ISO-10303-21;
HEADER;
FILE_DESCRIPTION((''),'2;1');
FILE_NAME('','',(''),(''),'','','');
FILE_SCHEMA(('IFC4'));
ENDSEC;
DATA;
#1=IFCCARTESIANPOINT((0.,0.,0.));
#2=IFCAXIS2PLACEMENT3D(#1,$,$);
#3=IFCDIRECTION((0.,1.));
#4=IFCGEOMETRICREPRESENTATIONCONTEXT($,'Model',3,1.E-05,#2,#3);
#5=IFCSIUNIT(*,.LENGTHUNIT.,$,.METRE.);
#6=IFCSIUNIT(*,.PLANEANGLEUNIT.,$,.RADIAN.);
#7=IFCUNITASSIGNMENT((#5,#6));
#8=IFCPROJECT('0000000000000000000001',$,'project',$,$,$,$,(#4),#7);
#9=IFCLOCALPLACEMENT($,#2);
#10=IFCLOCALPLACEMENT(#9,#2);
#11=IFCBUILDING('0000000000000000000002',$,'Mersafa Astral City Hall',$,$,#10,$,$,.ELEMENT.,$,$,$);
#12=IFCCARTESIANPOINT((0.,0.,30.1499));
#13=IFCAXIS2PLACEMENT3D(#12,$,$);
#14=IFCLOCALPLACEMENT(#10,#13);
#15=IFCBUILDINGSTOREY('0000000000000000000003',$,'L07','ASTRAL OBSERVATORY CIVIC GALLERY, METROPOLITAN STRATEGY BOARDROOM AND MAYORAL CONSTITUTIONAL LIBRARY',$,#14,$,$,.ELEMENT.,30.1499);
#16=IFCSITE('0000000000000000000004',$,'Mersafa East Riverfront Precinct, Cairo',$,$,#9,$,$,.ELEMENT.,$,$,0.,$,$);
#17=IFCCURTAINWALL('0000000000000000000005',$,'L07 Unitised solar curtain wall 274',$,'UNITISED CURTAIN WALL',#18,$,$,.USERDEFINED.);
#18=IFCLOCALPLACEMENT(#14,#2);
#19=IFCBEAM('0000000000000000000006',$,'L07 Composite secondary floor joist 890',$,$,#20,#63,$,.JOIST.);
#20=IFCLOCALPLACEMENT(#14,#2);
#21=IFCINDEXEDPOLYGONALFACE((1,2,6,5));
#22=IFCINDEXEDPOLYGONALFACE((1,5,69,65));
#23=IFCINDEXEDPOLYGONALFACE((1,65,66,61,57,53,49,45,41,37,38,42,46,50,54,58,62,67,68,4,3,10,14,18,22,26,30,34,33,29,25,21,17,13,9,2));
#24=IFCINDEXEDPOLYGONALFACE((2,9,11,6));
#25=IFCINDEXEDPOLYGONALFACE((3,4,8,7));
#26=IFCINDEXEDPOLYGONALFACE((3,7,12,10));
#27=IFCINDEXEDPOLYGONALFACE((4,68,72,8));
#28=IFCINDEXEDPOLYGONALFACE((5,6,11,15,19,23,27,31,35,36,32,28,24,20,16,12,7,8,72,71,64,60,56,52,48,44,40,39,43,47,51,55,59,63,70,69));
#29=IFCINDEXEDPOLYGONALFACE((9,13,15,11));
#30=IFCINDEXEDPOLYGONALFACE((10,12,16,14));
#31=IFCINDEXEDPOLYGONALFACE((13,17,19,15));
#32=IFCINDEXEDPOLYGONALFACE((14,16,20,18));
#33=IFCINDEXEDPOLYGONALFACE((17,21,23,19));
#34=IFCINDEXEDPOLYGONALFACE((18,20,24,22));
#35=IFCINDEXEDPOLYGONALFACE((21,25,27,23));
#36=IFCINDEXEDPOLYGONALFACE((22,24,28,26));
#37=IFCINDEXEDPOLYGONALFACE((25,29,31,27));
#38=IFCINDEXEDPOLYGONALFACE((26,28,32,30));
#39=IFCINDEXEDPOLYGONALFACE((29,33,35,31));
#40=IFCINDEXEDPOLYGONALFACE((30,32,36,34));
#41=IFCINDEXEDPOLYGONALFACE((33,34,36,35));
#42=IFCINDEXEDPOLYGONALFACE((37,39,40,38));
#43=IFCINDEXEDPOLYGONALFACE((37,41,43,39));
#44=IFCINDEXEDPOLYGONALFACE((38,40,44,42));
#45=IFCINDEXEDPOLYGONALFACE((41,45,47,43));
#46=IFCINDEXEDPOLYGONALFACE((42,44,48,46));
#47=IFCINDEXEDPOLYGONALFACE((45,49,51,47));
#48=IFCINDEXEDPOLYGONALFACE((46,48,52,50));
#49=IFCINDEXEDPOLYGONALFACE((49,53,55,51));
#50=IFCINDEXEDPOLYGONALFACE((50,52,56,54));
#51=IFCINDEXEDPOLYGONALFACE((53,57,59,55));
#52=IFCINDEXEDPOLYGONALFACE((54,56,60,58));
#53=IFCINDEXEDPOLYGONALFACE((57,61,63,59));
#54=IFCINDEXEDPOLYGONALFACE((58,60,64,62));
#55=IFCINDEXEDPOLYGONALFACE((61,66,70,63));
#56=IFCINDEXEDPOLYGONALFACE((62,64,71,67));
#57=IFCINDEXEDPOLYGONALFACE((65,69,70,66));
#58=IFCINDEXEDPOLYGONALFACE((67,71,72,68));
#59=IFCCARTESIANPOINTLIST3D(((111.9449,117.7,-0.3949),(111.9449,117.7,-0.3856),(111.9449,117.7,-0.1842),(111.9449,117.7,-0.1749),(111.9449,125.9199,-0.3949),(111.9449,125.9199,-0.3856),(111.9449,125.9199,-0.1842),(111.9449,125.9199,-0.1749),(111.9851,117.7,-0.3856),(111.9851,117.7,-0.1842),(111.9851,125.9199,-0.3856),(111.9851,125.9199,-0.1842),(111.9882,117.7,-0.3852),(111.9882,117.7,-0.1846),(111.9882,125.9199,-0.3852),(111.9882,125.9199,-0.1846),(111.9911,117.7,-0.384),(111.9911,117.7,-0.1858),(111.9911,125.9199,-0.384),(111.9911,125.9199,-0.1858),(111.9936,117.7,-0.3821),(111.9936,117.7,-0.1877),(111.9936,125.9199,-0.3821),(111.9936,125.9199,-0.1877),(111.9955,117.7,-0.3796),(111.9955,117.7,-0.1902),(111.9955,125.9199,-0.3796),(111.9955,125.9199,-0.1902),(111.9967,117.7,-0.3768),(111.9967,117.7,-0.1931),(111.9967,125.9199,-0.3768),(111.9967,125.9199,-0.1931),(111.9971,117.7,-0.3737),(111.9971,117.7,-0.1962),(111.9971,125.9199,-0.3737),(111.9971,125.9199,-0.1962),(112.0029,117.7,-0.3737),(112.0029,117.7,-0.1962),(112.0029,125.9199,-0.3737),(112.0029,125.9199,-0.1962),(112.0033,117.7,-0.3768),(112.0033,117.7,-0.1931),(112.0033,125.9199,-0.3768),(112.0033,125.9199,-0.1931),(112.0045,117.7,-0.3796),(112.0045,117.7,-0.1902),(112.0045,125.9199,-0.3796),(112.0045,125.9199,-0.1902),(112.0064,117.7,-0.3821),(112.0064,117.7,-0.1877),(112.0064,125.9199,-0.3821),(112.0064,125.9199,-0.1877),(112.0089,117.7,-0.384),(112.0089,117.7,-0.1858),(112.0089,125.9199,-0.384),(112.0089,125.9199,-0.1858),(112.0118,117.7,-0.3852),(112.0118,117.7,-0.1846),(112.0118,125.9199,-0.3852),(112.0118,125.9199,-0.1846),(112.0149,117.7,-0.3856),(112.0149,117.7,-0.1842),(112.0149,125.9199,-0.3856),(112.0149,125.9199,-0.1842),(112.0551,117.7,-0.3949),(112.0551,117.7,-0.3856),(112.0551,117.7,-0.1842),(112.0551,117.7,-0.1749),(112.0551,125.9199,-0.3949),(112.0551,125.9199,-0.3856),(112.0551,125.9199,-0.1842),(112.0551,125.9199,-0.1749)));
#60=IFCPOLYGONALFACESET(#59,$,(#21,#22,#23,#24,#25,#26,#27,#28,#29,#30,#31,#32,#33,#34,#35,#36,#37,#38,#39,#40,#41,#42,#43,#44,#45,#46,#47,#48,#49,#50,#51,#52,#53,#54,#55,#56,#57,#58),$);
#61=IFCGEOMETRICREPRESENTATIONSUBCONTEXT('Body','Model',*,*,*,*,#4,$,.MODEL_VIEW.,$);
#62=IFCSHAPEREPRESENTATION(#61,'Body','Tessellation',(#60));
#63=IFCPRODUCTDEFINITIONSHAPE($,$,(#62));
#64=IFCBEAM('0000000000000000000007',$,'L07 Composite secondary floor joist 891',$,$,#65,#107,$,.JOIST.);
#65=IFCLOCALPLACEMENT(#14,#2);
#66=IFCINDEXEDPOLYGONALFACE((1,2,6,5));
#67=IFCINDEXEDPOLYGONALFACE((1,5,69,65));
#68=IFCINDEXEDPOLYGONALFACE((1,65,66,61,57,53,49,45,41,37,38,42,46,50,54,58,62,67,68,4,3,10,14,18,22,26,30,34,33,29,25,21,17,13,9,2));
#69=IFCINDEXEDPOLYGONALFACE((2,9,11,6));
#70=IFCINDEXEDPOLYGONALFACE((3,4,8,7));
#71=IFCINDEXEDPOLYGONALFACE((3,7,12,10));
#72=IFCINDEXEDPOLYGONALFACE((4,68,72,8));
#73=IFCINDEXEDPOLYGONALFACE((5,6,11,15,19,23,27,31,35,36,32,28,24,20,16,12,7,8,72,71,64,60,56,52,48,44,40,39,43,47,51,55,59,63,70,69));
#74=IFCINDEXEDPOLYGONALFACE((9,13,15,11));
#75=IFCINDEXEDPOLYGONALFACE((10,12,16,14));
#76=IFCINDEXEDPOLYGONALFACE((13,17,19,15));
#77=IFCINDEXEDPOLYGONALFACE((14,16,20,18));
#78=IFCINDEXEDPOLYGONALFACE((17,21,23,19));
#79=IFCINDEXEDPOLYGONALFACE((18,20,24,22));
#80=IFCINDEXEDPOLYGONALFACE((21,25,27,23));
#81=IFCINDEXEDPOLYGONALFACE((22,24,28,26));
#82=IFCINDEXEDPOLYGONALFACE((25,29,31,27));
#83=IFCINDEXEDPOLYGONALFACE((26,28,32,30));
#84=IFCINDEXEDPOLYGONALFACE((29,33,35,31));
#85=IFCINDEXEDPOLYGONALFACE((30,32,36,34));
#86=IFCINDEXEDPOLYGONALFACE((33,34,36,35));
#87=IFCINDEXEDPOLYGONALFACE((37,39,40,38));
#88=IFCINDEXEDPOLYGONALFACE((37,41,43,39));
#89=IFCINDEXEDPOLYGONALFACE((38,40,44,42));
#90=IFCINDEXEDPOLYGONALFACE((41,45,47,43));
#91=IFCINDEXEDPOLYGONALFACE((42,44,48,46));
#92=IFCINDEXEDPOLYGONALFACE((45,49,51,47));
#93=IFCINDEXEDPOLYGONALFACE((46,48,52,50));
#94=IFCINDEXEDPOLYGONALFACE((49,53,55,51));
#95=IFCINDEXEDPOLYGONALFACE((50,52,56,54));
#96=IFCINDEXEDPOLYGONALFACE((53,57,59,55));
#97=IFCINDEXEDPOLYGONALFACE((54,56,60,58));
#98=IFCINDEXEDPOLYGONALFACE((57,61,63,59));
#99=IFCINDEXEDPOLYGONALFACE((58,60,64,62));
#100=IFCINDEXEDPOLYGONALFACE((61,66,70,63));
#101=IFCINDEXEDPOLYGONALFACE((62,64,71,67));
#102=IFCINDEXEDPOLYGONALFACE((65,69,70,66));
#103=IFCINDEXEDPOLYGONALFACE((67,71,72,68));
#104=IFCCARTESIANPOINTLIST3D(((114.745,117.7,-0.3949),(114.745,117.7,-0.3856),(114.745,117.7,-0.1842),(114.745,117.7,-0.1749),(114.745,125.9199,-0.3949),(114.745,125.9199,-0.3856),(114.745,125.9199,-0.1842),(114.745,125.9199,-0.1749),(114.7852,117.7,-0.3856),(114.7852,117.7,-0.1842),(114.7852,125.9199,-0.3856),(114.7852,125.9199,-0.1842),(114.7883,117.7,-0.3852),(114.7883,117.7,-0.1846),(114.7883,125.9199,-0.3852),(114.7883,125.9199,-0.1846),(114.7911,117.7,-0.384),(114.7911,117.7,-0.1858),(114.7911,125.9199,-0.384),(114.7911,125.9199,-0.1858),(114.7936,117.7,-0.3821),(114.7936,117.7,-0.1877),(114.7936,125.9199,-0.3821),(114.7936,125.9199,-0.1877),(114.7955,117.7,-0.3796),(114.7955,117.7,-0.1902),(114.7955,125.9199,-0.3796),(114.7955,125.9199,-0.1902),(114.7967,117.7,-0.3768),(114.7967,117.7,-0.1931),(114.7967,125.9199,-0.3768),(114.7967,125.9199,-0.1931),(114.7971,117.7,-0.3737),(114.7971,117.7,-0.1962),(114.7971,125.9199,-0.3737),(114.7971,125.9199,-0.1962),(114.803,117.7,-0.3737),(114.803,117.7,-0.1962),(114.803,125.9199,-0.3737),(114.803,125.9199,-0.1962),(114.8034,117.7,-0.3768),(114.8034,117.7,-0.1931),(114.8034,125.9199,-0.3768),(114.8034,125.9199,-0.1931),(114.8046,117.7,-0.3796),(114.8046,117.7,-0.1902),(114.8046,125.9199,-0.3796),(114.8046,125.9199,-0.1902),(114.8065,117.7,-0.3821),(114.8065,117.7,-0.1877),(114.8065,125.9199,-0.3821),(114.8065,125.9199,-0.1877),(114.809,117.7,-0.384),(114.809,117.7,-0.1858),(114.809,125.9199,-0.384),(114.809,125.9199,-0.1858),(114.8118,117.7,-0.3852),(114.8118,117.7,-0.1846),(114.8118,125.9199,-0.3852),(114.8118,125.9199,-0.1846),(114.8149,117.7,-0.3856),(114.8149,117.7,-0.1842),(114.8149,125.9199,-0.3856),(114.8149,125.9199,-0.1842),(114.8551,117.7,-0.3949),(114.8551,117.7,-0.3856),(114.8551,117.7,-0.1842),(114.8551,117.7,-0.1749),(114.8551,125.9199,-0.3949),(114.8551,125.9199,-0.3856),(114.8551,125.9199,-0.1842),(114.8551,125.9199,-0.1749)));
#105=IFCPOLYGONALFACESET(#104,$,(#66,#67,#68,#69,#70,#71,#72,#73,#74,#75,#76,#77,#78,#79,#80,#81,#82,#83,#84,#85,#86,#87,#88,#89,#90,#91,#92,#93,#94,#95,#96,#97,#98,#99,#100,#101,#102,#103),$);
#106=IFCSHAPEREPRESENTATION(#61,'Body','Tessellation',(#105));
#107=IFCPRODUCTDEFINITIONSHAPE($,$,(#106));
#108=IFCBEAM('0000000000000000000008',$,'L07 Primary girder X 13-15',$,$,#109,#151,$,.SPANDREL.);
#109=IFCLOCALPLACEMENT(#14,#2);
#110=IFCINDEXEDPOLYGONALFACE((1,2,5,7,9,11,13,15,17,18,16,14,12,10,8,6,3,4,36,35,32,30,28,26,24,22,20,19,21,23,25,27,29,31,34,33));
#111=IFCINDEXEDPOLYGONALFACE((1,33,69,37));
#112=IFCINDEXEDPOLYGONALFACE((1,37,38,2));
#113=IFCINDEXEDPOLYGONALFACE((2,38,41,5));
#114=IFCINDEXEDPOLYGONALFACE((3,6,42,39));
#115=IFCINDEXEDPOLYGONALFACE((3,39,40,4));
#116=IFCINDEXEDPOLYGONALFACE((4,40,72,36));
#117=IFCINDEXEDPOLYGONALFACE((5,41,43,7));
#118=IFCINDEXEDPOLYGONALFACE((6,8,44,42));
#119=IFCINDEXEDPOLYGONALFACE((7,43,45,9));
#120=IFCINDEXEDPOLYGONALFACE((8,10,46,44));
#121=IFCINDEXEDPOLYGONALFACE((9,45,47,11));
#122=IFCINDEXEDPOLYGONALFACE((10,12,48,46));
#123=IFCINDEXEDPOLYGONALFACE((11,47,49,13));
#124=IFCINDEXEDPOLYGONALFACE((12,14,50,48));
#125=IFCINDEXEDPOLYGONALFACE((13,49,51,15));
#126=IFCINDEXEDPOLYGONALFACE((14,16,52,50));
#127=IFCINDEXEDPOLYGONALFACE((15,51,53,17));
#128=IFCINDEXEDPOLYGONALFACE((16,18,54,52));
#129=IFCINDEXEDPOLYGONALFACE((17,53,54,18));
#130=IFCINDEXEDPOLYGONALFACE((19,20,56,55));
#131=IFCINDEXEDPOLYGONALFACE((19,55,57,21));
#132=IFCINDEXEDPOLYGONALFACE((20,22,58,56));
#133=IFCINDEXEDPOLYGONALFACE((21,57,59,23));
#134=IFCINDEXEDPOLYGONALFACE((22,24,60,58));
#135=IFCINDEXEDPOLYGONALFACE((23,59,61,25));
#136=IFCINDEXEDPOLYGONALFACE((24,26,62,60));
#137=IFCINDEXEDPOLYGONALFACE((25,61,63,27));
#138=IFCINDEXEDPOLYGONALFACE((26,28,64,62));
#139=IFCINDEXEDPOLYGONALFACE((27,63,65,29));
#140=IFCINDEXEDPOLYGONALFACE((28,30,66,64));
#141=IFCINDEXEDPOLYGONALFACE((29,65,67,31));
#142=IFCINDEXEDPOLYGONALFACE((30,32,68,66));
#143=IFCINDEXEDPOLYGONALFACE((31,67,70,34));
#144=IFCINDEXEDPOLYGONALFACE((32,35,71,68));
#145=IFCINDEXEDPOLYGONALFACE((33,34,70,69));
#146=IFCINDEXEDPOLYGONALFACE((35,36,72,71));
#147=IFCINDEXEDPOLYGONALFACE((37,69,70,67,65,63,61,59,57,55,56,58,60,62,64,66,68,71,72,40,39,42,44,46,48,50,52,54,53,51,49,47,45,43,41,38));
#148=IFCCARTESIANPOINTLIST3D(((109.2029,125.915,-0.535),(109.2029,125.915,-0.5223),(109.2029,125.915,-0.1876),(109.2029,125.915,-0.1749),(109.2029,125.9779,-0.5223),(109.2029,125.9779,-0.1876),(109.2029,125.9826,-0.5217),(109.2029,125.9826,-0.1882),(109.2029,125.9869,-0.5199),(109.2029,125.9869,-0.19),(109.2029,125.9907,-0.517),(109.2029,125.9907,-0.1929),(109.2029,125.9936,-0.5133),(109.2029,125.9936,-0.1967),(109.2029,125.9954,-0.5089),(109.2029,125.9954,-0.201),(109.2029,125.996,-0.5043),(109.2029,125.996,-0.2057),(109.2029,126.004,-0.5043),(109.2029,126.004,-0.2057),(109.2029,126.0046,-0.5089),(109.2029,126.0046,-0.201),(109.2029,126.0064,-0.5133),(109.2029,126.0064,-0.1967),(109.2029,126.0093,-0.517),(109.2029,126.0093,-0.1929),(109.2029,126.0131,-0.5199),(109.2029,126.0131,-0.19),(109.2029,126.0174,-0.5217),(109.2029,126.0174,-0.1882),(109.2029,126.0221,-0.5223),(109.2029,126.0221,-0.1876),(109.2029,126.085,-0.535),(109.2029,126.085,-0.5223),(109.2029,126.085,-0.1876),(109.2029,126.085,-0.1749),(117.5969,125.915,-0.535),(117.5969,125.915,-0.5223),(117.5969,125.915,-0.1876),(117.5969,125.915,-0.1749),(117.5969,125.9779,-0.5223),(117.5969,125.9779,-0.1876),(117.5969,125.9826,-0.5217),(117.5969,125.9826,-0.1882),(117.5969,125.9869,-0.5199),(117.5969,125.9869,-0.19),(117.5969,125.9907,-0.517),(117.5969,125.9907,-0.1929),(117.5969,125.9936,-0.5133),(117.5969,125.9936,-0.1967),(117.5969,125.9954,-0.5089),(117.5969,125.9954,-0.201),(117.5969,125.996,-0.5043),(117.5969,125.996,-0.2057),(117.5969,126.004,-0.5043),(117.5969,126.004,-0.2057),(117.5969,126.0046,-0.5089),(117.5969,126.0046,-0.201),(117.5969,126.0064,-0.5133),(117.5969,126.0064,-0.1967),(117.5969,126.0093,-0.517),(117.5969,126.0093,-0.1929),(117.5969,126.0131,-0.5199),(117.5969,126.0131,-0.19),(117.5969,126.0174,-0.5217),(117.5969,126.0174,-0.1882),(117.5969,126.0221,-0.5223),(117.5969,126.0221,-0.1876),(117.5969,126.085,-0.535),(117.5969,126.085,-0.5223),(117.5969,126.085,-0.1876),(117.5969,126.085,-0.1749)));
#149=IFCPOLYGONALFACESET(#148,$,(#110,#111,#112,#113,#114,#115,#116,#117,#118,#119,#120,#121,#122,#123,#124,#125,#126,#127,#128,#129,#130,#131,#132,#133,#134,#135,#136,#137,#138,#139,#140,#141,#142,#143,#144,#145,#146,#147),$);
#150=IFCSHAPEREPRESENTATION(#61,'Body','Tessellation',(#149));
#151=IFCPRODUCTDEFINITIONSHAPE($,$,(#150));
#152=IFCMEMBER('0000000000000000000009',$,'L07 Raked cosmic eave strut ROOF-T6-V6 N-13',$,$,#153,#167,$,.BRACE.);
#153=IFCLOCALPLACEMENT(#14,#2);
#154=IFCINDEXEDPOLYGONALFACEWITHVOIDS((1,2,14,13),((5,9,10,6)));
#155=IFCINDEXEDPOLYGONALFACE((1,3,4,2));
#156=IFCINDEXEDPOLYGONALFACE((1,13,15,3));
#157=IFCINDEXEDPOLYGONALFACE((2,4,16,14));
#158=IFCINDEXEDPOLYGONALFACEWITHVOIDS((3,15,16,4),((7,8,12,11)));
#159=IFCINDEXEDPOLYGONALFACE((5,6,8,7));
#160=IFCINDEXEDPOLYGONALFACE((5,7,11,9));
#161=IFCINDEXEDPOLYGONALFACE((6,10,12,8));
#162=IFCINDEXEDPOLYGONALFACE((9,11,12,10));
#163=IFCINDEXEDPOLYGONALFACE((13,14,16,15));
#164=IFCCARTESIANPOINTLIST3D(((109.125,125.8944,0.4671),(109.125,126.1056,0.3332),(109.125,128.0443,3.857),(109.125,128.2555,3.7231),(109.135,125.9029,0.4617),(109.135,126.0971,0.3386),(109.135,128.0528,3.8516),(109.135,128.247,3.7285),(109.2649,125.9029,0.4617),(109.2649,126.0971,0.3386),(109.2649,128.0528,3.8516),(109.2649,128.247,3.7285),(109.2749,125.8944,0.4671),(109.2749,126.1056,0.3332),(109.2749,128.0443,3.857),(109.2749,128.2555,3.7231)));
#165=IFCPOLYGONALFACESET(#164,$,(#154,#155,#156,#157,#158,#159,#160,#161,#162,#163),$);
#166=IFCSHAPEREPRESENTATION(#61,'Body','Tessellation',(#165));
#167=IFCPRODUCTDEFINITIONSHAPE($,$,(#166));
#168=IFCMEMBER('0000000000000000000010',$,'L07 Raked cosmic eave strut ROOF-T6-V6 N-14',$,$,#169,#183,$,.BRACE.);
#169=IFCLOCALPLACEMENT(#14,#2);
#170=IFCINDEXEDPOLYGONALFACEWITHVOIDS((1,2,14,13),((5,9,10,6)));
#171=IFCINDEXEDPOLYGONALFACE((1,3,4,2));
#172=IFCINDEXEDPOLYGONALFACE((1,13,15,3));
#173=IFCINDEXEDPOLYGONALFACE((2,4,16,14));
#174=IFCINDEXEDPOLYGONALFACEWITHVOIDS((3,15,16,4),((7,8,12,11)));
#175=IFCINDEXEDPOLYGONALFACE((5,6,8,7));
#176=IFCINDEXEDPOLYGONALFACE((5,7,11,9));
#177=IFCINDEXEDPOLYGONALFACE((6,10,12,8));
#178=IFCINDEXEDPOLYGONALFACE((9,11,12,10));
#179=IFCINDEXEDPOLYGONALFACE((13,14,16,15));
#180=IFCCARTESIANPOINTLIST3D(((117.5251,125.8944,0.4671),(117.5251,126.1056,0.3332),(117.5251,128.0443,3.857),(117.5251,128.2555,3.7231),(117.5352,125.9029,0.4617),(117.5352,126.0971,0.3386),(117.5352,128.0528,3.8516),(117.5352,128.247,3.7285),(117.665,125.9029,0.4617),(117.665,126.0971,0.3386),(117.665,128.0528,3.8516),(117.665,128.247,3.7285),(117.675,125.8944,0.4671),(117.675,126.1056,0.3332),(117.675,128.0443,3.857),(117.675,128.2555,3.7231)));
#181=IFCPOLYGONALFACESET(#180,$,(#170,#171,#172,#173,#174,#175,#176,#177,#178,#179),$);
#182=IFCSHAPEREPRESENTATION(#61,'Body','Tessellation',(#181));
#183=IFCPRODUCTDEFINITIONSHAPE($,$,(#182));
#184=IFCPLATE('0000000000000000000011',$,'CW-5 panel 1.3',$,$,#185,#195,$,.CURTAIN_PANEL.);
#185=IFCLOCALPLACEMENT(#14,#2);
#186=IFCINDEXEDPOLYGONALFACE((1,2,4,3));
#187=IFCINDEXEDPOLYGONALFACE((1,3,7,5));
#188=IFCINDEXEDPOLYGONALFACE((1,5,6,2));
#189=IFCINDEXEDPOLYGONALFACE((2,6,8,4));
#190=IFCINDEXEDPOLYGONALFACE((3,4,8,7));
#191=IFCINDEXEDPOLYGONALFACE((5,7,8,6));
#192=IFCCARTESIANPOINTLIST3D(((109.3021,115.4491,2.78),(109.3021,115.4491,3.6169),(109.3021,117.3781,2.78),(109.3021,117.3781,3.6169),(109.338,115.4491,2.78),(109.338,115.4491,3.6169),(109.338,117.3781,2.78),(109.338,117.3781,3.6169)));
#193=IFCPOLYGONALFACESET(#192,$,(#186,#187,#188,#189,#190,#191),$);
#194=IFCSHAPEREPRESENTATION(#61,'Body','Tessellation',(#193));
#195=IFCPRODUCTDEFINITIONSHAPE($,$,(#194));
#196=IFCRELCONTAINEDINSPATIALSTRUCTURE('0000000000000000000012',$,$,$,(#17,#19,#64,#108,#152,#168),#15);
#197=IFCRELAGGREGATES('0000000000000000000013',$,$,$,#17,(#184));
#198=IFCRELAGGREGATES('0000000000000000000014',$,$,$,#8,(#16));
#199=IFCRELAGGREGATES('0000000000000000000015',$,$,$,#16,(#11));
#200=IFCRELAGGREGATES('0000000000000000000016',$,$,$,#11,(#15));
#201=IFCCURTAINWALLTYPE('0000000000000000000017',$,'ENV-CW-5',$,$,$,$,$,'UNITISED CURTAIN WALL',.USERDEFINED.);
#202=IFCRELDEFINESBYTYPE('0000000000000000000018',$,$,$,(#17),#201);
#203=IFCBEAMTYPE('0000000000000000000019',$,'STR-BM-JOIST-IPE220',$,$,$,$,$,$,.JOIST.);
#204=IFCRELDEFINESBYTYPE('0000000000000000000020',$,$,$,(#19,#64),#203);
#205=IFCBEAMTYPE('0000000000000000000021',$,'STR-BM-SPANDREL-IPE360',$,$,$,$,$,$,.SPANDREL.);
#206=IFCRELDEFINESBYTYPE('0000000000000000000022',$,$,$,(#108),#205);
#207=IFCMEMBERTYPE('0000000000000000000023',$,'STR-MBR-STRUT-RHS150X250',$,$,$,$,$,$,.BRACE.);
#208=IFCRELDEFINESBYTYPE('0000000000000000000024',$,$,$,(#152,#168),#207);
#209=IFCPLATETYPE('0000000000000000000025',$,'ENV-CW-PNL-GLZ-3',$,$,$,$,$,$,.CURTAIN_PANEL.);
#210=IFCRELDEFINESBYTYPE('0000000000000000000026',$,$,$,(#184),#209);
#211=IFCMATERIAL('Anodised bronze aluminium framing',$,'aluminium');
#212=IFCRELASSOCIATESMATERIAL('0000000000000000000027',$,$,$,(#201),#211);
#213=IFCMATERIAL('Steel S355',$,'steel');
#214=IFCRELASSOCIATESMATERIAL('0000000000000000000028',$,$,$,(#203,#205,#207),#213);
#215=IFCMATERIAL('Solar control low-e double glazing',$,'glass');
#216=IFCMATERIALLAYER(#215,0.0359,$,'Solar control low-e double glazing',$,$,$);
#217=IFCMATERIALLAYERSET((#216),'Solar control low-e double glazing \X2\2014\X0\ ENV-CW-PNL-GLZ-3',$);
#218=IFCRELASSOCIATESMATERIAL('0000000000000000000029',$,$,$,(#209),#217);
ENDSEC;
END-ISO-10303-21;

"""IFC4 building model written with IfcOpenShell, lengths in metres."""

from ifc_helpers import new_model, si_unit, direction, frame, origin, origin_2d, place, context, subcontext, project, spatial, rectangle, hollow_rectangle, i_section, extrude, material, layer, layer_set, material_profile, profile_set, type_object, element, aggregate, save


model = new_model("IFC4")

# Units and contexts
model_context = context("Model", 3, precision=1e-05, world=origin(), true_north=direction((0.0, 1.0)))
body_context = subcontext(model_context, "Body", "Model", "MODEL_VIEW")
ifc_project = project(units=[si_unit("LENGTHUNIT", "METRE"), si_unit("PLANEANGLEUNIT", "RADIAN")], contexts=[model_context])

# Site, building, storey
site_placement = place(None, origin())
site = spatial("IfcSite", under=ifc_project, at=site_placement, Name="Mersafa East Riverfront Precinct, Cairo", CompositionType="ELEMENT", RefElevation=0.0)
building_placement = place(site_placement, origin())
building = spatial("IfcBuilding", under=site, at=building_placement, Name="Mersafa Astral City Hall", CompositionType="ELEMENT")
storey_placement = place(building_placement, frame((0.0, 0.0, 30.1499)))
storey = spatial("IfcBuildingStorey", under=building, at=storey_placement, Name="L07", Description="ASTRAL OBSERVATORY CIVIC GALLERY, METROPOLITAN STRATEGY BOARDROOM AND MAYORAL CONSTITUTIONAL LIBRARY", CompositionType="ELEMENT", Elevation=30.1499)

# Shared definitions
ifc_material_1 = material(Name="Steel S355", Category="steel")

# Curtain wall
ifc_material_2 = material(Name="Anodised bronze aluminium framing", Category="aluminium")
curtain_wall_type = type_object("IfcCurtainWallType", Name="ENV-CW-5", ElementType="UNITISED CURTAIN WALL", PredefinedType="USERDEFINED", material=ifc_material_2)
curtain_wall_placement = place(storey_placement, origin())
curtain_wall = element("IfcCurtainWall", 1, at=curtain_wall_placement, inside=storey, type_object=curtain_wall_type, Name="L07 Unitised solar curtain wall 274", ObjectType="UNITISED CURTAIN WALL", PredefinedType="USERDEFINED")

# Beams
ifc_material_profile_1 = material_profile(ifc_material_1, i_section(OverallWidth=0.1101, OverallDepth=0.22, WebThickness=0.0059, FlangeThickness=0.0093, FilletRadius=0.012, at=origin_2d()), Name="IPE 220")
ifc_profile_set_1 = profile_set([ifc_material_profile_1], Name="Steel S355")
beam_type_1 = type_object("IfcBeamType", Name="STR-BM-JOIST-IPE220", PredefinedType="JOIST", material=ifc_profile_set_1)
for number, where, z_axis, x_axis, name in (
    (2, (112.0, 117.7, -0.2849), (0.0, 1.0, 0.0), (-1.0, 0.0, 0.0), "L07 Composite secondary floor joist 890"),
    (3, (114.8, 117.7, -0.2849), (0.0, 1.0, 0.0), (-1.0, 0.0, 0.0), "L07 Composite secondary floor joist 891"),
):
    element("IfcBeam", number, at=place(storey_placement, frame(where, z_axis=z_axis, x_axis=x_axis)), inside=storey, type_object=beam_type_1, Name=name, PredefinedType="JOIST", context=body_context, shape_type="SweptSolid", body=[
        extrude(i_section(OverallWidth=0.1101, OverallDepth=0.22, WebThickness=0.0059, FlangeThickness=0.0093, FilletRadius=0.012, at=origin_2d()), origin(), (0.0, 0.0, 1.0), 8.22),
    ])
ifc_material_profile_2 = material_profile(ifc_material_1, i_section(OverallWidth=0.1699, OverallDepth=0.3601, WebThickness=0.0081, FlangeThickness=0.0127, FilletRadius=0.0181, at=origin_2d()), Name="IPE 360")
ifc_profile_set_2 = profile_set([ifc_material_profile_2], Name="Steel S355")
beam_type_2 = type_object("IfcBeamType", Name="STR-BM-SPANDREL-IPE360", PredefinedType="SPANDREL", material=ifc_profile_set_2)
beam_1_placement = place(storey_placement, frame((109.2029, 126.0, -0.355), z_axis=(1.0, 0.0, 0.0), x_axis=(0.0, 1.0, 0.0)))
element("IfcBeam", 4, at=beam_1_placement, inside=storey, type_object=beam_type_2, Name="L07 Primary girder X 13-15", PredefinedType="SPANDREL", context=body_context, shape_type="SweptSolid", body=[
    extrude(i_section(OverallWidth=0.1699, OverallDepth=0.3601, WebThickness=0.0081, FlangeThickness=0.0127, FilletRadius=0.0181, at=origin_2d()), origin(), (0.0, 0.0, 1.0), 8.394),
])

# Members
ifc_material_profile_3 = material_profile(ifc_material_1, hollow_rectangle(XDim=0.1499, YDim=0.25, WallThickness=0.01, at=origin_2d()), Name="RHS 150x250x10")
ifc_profile_set_3 = profile_set([ifc_material_profile_3], Name="Steel S355")
member_type_1 = type_object("IfcMemberType", Name="STR-MBR-STRUT-RHS150X250", PredefinedType="BRACE", material=ifc_profile_set_3)
for number, where, z_axis, x_axis, name in (
    (5, (109.2, 126.0, 0.4001), (0.0, 0.53558, 0.844484), (-1.0, 0.0, 0.0), "L07 Raked cosmic eave strut ROOF-T6-V6 N-13"),
    (6, (117.6001, 126.0, 0.4001), (0.0, 0.53558, 0.844484), (-1.0, 0.0, 0.0), "L07 Raked cosmic eave strut ROOF-T6-V6 N-14"),
):
    element("IfcMember", number, at=place(storey_placement, frame(where, z_axis=z_axis, x_axis=x_axis)), inside=storey, type_object=member_type_1, Name=name, PredefinedType="BRACE", context=body_context, shape_type="SweptSolid", body=[
        extrude(hollow_rectangle(XDim=0.1499, YDim=0.25, WallThickness=0.01, at=origin_2d()), origin(), (0.0, 0.0, 1.0), 4.0142),
    ])

# Plate
ifc_material_3 = material(Name="Solar control low-e double glazing", Category="glass")
ifc_layer_1 = layer(ifc_material_3, 0.0359, Name="Solar control low-e double glazing")
ifc_layer_set_1 = layer_set([ifc_layer_1], Name="Solar control low-e double glazing — ENV-CW-PNL-GLZ-3")
plate_type = type_object("IfcPlateType", Name="ENV-CW-PNL-GLZ-3", PredefinedType="CURTAIN_PANEL", material=ifc_layer_set_1)
plate_placement = place(storey_placement, frame((109.3201, 116.4136, 2.78), z_axis=(0.0, 0.0, 1.0), x_axis=(0.0, -1.0, 0.0)))
plate = element("IfcPlate", 7, at=plate_placement, type_object=plate_type, Name="CW-5 panel 1.3", PredefinedType="CURTAIN_PANEL", context=body_context, shape_type="SweptSolid", body=[
    extrude(rectangle(XDim=1.929, YDim=0.0359, at=origin_2d()), origin(), (0.0, 0.0, 1.0), 0.8369),
])
aggregate(curtain_wall, [plate])

save(model, "model.ifc")
